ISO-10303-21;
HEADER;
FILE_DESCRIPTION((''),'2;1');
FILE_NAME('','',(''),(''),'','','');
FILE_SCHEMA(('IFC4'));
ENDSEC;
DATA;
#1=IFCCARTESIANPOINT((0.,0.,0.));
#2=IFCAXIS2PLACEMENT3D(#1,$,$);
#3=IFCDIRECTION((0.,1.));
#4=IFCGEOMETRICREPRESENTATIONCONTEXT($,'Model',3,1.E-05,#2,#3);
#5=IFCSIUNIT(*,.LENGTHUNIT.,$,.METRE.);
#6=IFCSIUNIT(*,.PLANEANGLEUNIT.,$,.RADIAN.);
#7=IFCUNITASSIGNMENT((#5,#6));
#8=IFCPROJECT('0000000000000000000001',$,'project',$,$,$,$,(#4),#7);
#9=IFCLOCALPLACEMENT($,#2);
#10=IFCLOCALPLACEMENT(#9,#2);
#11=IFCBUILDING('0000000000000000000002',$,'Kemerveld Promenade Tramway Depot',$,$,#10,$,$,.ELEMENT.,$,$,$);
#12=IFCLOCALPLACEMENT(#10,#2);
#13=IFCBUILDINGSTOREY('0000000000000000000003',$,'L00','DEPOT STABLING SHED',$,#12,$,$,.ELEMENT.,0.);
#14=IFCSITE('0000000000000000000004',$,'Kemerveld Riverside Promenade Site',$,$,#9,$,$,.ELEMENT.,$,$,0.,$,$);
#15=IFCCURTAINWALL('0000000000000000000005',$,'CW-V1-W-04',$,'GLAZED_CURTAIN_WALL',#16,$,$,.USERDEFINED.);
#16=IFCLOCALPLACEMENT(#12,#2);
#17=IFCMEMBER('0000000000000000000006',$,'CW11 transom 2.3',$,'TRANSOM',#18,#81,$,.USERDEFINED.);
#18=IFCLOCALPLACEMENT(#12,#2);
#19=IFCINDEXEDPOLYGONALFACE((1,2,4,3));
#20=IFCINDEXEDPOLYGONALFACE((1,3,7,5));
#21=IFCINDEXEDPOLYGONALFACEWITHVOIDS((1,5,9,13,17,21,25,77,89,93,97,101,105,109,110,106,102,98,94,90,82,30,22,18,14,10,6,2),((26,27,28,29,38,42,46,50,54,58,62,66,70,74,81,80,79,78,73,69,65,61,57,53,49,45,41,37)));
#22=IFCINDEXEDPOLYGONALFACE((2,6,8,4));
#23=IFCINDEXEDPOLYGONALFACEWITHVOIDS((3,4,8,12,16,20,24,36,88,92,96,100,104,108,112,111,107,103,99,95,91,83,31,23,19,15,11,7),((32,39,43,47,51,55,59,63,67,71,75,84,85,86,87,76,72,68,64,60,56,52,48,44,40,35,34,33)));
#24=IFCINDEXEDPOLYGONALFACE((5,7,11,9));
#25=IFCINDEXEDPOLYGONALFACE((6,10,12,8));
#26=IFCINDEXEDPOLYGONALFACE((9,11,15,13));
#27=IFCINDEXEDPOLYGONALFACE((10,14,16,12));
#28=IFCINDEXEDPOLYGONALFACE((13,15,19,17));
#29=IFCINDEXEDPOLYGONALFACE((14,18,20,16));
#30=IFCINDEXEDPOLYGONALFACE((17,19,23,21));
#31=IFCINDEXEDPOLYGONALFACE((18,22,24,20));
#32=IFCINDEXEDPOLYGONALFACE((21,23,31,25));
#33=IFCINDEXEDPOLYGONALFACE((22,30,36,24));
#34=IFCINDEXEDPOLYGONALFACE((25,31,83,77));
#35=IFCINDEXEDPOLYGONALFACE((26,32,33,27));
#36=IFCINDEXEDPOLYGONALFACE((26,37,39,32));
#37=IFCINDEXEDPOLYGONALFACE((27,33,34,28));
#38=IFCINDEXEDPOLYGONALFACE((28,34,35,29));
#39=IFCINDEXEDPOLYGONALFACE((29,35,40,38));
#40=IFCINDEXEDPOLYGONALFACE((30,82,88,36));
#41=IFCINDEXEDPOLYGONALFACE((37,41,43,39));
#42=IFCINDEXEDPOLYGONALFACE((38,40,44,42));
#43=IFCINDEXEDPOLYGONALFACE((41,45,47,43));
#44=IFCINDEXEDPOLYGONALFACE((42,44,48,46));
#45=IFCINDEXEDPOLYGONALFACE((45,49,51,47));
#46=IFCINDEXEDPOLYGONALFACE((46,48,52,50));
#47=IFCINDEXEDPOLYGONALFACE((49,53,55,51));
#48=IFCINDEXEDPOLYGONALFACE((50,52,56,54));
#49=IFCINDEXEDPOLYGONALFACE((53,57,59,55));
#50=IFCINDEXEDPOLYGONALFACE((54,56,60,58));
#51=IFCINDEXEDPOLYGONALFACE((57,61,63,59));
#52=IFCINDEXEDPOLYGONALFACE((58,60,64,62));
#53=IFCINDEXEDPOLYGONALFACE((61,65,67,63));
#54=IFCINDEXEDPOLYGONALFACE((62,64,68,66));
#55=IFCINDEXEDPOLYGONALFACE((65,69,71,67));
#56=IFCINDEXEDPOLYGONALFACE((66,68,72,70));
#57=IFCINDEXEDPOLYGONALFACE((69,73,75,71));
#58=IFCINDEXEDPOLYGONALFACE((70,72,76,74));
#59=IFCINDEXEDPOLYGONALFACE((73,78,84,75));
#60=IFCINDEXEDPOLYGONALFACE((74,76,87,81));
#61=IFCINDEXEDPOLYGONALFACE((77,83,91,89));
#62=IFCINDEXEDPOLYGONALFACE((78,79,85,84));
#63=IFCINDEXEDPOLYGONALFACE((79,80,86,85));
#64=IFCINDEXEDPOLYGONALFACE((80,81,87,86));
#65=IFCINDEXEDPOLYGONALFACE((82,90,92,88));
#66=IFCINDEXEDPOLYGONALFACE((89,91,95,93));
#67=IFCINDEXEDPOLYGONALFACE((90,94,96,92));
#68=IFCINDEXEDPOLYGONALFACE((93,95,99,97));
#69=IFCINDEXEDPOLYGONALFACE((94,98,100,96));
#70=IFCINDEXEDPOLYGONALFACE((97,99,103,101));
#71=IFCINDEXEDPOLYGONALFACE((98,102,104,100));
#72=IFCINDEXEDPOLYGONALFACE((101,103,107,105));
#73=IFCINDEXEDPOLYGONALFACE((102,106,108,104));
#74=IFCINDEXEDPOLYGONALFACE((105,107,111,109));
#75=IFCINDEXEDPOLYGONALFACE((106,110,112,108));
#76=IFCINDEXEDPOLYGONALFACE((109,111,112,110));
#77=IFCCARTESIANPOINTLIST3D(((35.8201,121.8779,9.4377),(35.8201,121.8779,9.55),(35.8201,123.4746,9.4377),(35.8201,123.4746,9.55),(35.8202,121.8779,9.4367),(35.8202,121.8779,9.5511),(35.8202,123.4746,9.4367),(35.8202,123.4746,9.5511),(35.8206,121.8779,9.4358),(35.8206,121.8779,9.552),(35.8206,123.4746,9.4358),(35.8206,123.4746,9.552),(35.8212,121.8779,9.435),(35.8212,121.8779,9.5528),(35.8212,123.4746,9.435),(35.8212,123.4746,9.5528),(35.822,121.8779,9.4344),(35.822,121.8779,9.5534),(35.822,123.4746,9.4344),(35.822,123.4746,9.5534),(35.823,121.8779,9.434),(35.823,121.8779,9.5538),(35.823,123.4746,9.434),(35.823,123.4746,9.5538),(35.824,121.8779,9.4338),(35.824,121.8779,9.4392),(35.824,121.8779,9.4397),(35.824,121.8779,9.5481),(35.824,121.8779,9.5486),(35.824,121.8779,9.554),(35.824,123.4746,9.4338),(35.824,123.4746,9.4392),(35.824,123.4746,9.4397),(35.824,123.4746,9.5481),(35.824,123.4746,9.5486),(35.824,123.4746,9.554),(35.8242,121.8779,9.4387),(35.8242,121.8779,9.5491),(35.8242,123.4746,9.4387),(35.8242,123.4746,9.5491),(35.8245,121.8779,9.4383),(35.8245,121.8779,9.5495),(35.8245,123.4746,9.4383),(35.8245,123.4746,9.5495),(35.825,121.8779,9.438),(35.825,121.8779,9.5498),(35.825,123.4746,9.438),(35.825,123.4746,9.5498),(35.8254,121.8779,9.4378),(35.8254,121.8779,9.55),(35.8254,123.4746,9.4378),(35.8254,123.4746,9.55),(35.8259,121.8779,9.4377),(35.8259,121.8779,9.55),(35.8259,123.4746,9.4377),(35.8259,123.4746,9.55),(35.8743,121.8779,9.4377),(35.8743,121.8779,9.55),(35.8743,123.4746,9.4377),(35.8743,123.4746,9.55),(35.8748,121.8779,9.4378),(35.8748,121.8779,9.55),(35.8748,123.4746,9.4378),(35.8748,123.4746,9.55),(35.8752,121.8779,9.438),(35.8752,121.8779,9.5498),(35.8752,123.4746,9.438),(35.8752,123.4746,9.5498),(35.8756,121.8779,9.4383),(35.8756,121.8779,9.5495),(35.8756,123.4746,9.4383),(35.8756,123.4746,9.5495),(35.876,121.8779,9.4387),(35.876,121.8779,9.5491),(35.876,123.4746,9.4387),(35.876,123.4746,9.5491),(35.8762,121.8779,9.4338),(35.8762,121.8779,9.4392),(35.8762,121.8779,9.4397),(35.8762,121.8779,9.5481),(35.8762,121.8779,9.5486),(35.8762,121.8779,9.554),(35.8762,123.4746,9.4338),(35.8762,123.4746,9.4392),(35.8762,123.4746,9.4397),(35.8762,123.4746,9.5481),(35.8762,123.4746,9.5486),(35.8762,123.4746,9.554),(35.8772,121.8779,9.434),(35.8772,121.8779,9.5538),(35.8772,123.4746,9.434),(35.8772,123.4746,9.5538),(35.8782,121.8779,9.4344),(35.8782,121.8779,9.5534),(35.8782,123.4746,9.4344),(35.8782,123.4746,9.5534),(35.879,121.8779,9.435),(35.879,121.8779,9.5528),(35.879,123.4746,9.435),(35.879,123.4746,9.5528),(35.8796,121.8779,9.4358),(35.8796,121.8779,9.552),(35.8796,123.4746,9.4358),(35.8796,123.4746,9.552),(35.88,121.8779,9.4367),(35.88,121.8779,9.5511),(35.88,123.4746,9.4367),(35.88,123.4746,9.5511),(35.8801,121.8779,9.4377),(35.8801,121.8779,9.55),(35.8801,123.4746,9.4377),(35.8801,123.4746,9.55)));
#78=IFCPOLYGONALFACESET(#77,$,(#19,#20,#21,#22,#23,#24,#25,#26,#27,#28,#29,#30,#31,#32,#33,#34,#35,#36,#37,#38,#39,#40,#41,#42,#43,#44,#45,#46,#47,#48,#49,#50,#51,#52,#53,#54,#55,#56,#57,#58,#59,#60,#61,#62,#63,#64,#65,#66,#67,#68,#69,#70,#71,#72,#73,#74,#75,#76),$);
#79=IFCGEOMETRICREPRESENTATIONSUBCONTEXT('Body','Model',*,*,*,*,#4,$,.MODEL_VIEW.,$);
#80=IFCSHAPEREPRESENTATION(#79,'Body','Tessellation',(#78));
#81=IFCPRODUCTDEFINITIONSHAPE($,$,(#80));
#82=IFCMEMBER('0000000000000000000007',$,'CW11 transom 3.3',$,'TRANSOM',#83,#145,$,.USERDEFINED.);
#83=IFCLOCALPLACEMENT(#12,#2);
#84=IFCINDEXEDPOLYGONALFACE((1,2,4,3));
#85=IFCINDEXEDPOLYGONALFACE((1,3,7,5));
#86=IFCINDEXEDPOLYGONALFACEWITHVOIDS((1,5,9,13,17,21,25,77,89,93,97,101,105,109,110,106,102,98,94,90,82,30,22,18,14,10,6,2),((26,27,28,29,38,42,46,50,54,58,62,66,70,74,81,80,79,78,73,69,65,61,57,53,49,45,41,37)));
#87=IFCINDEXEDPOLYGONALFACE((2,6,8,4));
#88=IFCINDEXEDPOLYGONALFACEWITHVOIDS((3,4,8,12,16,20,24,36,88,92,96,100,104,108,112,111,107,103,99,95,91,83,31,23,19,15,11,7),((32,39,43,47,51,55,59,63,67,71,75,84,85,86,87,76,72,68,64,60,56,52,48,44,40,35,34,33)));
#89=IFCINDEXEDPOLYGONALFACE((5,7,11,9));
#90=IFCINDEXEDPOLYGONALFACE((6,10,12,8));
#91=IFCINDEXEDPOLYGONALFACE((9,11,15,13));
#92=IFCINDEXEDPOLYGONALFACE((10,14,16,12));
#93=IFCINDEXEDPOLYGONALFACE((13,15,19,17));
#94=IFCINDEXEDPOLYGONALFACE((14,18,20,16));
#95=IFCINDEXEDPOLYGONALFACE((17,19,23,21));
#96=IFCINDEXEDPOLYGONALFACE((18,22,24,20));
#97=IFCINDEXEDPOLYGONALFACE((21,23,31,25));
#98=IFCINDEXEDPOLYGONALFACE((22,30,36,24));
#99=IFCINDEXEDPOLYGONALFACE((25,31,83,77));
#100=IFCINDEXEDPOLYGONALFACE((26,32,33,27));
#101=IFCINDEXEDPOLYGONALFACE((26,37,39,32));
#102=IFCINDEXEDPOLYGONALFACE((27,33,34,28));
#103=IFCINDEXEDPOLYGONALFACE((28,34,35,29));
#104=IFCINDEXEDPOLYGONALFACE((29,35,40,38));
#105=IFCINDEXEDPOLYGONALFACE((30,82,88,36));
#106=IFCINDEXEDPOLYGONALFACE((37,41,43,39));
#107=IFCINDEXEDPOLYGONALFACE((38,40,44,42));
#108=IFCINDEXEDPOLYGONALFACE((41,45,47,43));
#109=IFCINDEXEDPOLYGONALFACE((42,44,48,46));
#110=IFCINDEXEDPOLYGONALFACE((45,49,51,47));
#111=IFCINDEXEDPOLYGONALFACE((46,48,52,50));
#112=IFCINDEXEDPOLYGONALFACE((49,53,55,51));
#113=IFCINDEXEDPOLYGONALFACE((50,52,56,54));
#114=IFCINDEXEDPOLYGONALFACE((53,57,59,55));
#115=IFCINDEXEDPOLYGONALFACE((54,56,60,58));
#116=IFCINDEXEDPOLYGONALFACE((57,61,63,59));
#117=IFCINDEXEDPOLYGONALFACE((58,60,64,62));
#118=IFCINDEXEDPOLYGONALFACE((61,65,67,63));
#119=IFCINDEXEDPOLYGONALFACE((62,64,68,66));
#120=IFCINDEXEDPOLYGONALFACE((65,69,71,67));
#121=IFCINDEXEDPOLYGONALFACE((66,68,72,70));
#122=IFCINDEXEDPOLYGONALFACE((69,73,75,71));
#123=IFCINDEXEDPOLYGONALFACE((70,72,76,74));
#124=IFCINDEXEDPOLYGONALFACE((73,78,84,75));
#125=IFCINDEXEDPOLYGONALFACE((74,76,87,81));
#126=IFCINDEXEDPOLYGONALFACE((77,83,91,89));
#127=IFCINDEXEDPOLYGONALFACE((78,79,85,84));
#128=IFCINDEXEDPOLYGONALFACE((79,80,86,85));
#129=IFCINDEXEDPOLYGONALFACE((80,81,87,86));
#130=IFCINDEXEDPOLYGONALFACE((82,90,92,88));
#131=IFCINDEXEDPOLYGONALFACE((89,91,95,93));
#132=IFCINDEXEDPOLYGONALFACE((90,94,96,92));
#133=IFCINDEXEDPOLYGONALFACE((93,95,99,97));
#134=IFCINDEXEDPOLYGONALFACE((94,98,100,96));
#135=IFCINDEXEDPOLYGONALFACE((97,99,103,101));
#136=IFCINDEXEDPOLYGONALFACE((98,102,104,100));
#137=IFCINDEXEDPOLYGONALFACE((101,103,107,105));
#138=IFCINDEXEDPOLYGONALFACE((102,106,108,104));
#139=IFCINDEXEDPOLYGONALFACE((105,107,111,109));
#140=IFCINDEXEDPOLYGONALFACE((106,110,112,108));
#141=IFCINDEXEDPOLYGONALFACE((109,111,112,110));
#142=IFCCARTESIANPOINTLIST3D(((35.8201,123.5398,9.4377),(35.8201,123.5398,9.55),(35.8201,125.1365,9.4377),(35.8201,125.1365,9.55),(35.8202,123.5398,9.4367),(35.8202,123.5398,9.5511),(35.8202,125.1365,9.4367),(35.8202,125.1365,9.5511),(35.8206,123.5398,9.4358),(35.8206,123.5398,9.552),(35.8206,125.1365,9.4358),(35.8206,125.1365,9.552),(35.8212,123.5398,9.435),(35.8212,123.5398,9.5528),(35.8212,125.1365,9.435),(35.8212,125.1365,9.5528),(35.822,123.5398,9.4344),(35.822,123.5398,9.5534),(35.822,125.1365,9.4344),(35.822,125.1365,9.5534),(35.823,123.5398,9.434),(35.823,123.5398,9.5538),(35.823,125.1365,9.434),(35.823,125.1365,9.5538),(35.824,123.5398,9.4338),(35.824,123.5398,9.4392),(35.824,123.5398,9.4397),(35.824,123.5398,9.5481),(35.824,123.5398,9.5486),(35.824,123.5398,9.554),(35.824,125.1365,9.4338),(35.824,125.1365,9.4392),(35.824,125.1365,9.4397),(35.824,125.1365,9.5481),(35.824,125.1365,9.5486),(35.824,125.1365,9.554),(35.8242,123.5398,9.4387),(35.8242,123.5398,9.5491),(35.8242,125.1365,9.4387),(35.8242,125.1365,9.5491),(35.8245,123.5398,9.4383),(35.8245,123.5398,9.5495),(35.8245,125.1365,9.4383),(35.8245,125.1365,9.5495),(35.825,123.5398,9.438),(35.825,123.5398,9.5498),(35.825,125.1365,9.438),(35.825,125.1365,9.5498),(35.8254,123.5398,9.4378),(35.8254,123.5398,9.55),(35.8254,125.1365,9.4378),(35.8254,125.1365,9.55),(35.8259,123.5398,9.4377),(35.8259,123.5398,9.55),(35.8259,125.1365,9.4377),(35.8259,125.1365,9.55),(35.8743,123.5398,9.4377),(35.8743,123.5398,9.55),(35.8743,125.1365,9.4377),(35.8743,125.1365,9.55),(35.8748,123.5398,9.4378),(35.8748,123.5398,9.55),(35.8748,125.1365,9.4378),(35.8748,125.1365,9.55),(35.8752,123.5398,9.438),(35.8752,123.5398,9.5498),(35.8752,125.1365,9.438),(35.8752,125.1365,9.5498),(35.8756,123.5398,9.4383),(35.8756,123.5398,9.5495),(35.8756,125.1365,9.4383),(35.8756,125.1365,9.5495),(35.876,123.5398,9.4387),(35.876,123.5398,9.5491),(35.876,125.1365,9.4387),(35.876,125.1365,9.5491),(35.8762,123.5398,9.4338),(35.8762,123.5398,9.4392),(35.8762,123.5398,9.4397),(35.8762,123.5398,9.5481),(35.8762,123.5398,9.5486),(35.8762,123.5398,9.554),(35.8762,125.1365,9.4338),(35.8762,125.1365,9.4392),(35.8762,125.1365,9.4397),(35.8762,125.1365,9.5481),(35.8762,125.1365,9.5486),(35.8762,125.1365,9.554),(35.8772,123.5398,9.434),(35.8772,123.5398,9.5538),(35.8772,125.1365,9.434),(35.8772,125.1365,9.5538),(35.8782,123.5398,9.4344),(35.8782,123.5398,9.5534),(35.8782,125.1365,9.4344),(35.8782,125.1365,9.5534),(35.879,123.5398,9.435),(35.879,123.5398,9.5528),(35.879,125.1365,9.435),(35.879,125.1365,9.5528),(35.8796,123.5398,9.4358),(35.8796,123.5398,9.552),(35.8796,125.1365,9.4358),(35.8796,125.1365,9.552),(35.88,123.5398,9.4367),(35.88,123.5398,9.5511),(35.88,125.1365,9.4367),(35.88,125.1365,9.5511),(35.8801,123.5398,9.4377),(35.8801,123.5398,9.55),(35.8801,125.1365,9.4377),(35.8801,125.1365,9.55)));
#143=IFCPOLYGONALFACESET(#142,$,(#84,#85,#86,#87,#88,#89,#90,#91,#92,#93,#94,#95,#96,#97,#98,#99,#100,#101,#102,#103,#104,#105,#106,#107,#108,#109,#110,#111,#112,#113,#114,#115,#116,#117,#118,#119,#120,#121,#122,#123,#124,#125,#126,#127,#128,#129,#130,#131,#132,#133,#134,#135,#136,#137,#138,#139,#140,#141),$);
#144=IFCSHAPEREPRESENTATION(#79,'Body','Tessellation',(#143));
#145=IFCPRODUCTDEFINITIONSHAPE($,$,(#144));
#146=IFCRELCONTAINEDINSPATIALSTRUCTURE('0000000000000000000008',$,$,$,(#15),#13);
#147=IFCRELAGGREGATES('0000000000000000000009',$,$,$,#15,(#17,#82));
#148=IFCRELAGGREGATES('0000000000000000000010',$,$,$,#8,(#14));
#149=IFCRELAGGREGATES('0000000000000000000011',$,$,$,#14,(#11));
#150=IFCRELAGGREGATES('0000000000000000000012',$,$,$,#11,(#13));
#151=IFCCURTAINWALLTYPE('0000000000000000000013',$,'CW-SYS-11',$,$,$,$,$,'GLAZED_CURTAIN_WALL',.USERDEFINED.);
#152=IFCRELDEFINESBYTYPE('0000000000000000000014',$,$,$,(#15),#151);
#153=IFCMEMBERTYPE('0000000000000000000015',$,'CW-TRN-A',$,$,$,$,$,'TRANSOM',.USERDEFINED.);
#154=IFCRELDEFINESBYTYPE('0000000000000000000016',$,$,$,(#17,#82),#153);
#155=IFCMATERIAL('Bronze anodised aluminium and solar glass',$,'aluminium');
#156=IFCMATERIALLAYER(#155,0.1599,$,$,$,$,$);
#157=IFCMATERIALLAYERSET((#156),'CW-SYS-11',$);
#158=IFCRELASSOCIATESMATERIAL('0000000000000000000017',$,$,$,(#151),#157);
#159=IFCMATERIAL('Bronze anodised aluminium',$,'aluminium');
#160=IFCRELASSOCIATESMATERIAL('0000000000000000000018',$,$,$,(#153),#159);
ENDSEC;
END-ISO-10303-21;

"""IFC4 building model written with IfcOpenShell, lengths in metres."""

from ifc_helpers import new_model, si_unit, direction, frame, origin, origin_2d, place, context, subcontext, project, spatial, hollow_rectangle, extrude, material, layer, layer_set, material_profile, profile_set, type_object, element, aggregate, save


model = new_model("IFC4")

# Units and contexts
model_context = context("Model", 3, precision=1e-05, world=origin(), true_north=direction((0.0, 1.0)))
body_context = subcontext(model_context, "Body", "Model", "MODEL_VIEW")
ifc_project = project(units=[si_unit("LENGTHUNIT", "METRE"), si_unit("PLANEANGLEUNIT", "RADIAN")], contexts=[model_context])

# Site, building, storey
site_placement = place(None, origin())
site = spatial("IfcSite", under=ifc_project, at=site_placement, Name="Kemerveld Riverside Promenade Site", CompositionType="ELEMENT", RefElevation=0.0)
building_placement = place(site_placement, origin())
building = spatial("IfcBuilding", under=site, at=building_placement, Name="Kemerveld Promenade Tramway Depot", CompositionType="ELEMENT")
storey_placement = place(building_placement, origin())
storey = spatial("IfcBuildingStorey", under=building, at=storey_placement, Name="L00", Description="DEPOT STABLING SHED", CompositionType="ELEMENT", Elevation=0.0)

# Curtain wall, members
ifc_material_1 = material(Name="Bronze anodised aluminium and solar glass", Category="aluminium")
ifc_layer_1 = layer(ifc_material_1, 0.1599)
ifc_layer_set_1 = layer_set([ifc_layer_1], Name="CW-SYS-11")
curtain_wall_type_1 = type_object("IfcCurtainWallType", Name="CW-SYS-11", ElementType="GLAZED_CURTAIN_WALL", PredefinedType="USERDEFINED", material=ifc_layer_set_1)
curtain_wall_1_placement = place(storey_placement, origin())
curtain_wall_1 = element("IfcCurtainWall", 1, at=curtain_wall_1_placement, inside=storey, type_object=curtain_wall_type_1, Name="CW-V1-W-04", ObjectType="GLAZED_CURTAIN_WALL", PredefinedType="USERDEFINED")
ifc_material_2 = material(Name="Bronze anodised aluminium", Category="aluminium")
ifc_material_profile_1 = material_profile(ifc_material_2, hollow_rectangle(XDim=0.0601, YDim=0.1201, WallThickness=0.0039, InnerFilletRadius=0.002, OuterFilletRadius=0.0039, at=origin_2d()), Name="CW-TRN-120x60")
ifc_profile_set_1 = profile_set([ifc_material_profile_1], Name="Bronze anodised aluminium")
member_type_1 = type_object("IfcMemberType", Name="CW-TRN-A", ElementType="TRANSOM", PredefinedType="USERDEFINED", material=ifc_profile_set_1)
member_1_placement = place(storey_placement, frame((35.8501, 121.8779, 9.4939), z_axis=(0.0, 1.0, 0.0), x_axis=(-1.0, 0.0, 0.0)))
member_1 = element("IfcMember", 2, at=member_1_placement, type_object=member_type_1, Name="CW11 transom 2.3", ObjectType="TRANSOM", PredefinedType="USERDEFINED", context=body_context, shape_type="SweptSolid", body=[
    extrude(hollow_rectangle(XDim=0.0601, YDim=0.1201, WallThickness=0.0039, InnerFilletRadius=0.002, OuterFilletRadius=0.0039, at=origin_2d()), origin(), (0.0, 0.0, 1.0), 1.5967),
])
member_2_placement = place(storey_placement, frame((35.8501, 123.5398, 9.4939), z_axis=(0.0, 1.0, 0.0), x_axis=(-1.0, 0.0, 0.0)))
member_2 = element("IfcMember", 3, at=member_2_placement, type_object=member_type_1, Name="CW11 transom 3.3", ObjectType="TRANSOM", PredefinedType="USERDEFINED", context=body_context, shape_type="SweptSolid", body=[
    extrude(hollow_rectangle(XDim=0.0601, YDim=0.1201, WallThickness=0.0039, InnerFilletRadius=0.002, OuterFilletRadius=0.0039, at=origin_2d()), origin(), (0.0, 0.0, 1.0), 1.5967),
])

aggregate(curtain_wall_1, [member_1, member_2])

save(model, "model.ifc")
